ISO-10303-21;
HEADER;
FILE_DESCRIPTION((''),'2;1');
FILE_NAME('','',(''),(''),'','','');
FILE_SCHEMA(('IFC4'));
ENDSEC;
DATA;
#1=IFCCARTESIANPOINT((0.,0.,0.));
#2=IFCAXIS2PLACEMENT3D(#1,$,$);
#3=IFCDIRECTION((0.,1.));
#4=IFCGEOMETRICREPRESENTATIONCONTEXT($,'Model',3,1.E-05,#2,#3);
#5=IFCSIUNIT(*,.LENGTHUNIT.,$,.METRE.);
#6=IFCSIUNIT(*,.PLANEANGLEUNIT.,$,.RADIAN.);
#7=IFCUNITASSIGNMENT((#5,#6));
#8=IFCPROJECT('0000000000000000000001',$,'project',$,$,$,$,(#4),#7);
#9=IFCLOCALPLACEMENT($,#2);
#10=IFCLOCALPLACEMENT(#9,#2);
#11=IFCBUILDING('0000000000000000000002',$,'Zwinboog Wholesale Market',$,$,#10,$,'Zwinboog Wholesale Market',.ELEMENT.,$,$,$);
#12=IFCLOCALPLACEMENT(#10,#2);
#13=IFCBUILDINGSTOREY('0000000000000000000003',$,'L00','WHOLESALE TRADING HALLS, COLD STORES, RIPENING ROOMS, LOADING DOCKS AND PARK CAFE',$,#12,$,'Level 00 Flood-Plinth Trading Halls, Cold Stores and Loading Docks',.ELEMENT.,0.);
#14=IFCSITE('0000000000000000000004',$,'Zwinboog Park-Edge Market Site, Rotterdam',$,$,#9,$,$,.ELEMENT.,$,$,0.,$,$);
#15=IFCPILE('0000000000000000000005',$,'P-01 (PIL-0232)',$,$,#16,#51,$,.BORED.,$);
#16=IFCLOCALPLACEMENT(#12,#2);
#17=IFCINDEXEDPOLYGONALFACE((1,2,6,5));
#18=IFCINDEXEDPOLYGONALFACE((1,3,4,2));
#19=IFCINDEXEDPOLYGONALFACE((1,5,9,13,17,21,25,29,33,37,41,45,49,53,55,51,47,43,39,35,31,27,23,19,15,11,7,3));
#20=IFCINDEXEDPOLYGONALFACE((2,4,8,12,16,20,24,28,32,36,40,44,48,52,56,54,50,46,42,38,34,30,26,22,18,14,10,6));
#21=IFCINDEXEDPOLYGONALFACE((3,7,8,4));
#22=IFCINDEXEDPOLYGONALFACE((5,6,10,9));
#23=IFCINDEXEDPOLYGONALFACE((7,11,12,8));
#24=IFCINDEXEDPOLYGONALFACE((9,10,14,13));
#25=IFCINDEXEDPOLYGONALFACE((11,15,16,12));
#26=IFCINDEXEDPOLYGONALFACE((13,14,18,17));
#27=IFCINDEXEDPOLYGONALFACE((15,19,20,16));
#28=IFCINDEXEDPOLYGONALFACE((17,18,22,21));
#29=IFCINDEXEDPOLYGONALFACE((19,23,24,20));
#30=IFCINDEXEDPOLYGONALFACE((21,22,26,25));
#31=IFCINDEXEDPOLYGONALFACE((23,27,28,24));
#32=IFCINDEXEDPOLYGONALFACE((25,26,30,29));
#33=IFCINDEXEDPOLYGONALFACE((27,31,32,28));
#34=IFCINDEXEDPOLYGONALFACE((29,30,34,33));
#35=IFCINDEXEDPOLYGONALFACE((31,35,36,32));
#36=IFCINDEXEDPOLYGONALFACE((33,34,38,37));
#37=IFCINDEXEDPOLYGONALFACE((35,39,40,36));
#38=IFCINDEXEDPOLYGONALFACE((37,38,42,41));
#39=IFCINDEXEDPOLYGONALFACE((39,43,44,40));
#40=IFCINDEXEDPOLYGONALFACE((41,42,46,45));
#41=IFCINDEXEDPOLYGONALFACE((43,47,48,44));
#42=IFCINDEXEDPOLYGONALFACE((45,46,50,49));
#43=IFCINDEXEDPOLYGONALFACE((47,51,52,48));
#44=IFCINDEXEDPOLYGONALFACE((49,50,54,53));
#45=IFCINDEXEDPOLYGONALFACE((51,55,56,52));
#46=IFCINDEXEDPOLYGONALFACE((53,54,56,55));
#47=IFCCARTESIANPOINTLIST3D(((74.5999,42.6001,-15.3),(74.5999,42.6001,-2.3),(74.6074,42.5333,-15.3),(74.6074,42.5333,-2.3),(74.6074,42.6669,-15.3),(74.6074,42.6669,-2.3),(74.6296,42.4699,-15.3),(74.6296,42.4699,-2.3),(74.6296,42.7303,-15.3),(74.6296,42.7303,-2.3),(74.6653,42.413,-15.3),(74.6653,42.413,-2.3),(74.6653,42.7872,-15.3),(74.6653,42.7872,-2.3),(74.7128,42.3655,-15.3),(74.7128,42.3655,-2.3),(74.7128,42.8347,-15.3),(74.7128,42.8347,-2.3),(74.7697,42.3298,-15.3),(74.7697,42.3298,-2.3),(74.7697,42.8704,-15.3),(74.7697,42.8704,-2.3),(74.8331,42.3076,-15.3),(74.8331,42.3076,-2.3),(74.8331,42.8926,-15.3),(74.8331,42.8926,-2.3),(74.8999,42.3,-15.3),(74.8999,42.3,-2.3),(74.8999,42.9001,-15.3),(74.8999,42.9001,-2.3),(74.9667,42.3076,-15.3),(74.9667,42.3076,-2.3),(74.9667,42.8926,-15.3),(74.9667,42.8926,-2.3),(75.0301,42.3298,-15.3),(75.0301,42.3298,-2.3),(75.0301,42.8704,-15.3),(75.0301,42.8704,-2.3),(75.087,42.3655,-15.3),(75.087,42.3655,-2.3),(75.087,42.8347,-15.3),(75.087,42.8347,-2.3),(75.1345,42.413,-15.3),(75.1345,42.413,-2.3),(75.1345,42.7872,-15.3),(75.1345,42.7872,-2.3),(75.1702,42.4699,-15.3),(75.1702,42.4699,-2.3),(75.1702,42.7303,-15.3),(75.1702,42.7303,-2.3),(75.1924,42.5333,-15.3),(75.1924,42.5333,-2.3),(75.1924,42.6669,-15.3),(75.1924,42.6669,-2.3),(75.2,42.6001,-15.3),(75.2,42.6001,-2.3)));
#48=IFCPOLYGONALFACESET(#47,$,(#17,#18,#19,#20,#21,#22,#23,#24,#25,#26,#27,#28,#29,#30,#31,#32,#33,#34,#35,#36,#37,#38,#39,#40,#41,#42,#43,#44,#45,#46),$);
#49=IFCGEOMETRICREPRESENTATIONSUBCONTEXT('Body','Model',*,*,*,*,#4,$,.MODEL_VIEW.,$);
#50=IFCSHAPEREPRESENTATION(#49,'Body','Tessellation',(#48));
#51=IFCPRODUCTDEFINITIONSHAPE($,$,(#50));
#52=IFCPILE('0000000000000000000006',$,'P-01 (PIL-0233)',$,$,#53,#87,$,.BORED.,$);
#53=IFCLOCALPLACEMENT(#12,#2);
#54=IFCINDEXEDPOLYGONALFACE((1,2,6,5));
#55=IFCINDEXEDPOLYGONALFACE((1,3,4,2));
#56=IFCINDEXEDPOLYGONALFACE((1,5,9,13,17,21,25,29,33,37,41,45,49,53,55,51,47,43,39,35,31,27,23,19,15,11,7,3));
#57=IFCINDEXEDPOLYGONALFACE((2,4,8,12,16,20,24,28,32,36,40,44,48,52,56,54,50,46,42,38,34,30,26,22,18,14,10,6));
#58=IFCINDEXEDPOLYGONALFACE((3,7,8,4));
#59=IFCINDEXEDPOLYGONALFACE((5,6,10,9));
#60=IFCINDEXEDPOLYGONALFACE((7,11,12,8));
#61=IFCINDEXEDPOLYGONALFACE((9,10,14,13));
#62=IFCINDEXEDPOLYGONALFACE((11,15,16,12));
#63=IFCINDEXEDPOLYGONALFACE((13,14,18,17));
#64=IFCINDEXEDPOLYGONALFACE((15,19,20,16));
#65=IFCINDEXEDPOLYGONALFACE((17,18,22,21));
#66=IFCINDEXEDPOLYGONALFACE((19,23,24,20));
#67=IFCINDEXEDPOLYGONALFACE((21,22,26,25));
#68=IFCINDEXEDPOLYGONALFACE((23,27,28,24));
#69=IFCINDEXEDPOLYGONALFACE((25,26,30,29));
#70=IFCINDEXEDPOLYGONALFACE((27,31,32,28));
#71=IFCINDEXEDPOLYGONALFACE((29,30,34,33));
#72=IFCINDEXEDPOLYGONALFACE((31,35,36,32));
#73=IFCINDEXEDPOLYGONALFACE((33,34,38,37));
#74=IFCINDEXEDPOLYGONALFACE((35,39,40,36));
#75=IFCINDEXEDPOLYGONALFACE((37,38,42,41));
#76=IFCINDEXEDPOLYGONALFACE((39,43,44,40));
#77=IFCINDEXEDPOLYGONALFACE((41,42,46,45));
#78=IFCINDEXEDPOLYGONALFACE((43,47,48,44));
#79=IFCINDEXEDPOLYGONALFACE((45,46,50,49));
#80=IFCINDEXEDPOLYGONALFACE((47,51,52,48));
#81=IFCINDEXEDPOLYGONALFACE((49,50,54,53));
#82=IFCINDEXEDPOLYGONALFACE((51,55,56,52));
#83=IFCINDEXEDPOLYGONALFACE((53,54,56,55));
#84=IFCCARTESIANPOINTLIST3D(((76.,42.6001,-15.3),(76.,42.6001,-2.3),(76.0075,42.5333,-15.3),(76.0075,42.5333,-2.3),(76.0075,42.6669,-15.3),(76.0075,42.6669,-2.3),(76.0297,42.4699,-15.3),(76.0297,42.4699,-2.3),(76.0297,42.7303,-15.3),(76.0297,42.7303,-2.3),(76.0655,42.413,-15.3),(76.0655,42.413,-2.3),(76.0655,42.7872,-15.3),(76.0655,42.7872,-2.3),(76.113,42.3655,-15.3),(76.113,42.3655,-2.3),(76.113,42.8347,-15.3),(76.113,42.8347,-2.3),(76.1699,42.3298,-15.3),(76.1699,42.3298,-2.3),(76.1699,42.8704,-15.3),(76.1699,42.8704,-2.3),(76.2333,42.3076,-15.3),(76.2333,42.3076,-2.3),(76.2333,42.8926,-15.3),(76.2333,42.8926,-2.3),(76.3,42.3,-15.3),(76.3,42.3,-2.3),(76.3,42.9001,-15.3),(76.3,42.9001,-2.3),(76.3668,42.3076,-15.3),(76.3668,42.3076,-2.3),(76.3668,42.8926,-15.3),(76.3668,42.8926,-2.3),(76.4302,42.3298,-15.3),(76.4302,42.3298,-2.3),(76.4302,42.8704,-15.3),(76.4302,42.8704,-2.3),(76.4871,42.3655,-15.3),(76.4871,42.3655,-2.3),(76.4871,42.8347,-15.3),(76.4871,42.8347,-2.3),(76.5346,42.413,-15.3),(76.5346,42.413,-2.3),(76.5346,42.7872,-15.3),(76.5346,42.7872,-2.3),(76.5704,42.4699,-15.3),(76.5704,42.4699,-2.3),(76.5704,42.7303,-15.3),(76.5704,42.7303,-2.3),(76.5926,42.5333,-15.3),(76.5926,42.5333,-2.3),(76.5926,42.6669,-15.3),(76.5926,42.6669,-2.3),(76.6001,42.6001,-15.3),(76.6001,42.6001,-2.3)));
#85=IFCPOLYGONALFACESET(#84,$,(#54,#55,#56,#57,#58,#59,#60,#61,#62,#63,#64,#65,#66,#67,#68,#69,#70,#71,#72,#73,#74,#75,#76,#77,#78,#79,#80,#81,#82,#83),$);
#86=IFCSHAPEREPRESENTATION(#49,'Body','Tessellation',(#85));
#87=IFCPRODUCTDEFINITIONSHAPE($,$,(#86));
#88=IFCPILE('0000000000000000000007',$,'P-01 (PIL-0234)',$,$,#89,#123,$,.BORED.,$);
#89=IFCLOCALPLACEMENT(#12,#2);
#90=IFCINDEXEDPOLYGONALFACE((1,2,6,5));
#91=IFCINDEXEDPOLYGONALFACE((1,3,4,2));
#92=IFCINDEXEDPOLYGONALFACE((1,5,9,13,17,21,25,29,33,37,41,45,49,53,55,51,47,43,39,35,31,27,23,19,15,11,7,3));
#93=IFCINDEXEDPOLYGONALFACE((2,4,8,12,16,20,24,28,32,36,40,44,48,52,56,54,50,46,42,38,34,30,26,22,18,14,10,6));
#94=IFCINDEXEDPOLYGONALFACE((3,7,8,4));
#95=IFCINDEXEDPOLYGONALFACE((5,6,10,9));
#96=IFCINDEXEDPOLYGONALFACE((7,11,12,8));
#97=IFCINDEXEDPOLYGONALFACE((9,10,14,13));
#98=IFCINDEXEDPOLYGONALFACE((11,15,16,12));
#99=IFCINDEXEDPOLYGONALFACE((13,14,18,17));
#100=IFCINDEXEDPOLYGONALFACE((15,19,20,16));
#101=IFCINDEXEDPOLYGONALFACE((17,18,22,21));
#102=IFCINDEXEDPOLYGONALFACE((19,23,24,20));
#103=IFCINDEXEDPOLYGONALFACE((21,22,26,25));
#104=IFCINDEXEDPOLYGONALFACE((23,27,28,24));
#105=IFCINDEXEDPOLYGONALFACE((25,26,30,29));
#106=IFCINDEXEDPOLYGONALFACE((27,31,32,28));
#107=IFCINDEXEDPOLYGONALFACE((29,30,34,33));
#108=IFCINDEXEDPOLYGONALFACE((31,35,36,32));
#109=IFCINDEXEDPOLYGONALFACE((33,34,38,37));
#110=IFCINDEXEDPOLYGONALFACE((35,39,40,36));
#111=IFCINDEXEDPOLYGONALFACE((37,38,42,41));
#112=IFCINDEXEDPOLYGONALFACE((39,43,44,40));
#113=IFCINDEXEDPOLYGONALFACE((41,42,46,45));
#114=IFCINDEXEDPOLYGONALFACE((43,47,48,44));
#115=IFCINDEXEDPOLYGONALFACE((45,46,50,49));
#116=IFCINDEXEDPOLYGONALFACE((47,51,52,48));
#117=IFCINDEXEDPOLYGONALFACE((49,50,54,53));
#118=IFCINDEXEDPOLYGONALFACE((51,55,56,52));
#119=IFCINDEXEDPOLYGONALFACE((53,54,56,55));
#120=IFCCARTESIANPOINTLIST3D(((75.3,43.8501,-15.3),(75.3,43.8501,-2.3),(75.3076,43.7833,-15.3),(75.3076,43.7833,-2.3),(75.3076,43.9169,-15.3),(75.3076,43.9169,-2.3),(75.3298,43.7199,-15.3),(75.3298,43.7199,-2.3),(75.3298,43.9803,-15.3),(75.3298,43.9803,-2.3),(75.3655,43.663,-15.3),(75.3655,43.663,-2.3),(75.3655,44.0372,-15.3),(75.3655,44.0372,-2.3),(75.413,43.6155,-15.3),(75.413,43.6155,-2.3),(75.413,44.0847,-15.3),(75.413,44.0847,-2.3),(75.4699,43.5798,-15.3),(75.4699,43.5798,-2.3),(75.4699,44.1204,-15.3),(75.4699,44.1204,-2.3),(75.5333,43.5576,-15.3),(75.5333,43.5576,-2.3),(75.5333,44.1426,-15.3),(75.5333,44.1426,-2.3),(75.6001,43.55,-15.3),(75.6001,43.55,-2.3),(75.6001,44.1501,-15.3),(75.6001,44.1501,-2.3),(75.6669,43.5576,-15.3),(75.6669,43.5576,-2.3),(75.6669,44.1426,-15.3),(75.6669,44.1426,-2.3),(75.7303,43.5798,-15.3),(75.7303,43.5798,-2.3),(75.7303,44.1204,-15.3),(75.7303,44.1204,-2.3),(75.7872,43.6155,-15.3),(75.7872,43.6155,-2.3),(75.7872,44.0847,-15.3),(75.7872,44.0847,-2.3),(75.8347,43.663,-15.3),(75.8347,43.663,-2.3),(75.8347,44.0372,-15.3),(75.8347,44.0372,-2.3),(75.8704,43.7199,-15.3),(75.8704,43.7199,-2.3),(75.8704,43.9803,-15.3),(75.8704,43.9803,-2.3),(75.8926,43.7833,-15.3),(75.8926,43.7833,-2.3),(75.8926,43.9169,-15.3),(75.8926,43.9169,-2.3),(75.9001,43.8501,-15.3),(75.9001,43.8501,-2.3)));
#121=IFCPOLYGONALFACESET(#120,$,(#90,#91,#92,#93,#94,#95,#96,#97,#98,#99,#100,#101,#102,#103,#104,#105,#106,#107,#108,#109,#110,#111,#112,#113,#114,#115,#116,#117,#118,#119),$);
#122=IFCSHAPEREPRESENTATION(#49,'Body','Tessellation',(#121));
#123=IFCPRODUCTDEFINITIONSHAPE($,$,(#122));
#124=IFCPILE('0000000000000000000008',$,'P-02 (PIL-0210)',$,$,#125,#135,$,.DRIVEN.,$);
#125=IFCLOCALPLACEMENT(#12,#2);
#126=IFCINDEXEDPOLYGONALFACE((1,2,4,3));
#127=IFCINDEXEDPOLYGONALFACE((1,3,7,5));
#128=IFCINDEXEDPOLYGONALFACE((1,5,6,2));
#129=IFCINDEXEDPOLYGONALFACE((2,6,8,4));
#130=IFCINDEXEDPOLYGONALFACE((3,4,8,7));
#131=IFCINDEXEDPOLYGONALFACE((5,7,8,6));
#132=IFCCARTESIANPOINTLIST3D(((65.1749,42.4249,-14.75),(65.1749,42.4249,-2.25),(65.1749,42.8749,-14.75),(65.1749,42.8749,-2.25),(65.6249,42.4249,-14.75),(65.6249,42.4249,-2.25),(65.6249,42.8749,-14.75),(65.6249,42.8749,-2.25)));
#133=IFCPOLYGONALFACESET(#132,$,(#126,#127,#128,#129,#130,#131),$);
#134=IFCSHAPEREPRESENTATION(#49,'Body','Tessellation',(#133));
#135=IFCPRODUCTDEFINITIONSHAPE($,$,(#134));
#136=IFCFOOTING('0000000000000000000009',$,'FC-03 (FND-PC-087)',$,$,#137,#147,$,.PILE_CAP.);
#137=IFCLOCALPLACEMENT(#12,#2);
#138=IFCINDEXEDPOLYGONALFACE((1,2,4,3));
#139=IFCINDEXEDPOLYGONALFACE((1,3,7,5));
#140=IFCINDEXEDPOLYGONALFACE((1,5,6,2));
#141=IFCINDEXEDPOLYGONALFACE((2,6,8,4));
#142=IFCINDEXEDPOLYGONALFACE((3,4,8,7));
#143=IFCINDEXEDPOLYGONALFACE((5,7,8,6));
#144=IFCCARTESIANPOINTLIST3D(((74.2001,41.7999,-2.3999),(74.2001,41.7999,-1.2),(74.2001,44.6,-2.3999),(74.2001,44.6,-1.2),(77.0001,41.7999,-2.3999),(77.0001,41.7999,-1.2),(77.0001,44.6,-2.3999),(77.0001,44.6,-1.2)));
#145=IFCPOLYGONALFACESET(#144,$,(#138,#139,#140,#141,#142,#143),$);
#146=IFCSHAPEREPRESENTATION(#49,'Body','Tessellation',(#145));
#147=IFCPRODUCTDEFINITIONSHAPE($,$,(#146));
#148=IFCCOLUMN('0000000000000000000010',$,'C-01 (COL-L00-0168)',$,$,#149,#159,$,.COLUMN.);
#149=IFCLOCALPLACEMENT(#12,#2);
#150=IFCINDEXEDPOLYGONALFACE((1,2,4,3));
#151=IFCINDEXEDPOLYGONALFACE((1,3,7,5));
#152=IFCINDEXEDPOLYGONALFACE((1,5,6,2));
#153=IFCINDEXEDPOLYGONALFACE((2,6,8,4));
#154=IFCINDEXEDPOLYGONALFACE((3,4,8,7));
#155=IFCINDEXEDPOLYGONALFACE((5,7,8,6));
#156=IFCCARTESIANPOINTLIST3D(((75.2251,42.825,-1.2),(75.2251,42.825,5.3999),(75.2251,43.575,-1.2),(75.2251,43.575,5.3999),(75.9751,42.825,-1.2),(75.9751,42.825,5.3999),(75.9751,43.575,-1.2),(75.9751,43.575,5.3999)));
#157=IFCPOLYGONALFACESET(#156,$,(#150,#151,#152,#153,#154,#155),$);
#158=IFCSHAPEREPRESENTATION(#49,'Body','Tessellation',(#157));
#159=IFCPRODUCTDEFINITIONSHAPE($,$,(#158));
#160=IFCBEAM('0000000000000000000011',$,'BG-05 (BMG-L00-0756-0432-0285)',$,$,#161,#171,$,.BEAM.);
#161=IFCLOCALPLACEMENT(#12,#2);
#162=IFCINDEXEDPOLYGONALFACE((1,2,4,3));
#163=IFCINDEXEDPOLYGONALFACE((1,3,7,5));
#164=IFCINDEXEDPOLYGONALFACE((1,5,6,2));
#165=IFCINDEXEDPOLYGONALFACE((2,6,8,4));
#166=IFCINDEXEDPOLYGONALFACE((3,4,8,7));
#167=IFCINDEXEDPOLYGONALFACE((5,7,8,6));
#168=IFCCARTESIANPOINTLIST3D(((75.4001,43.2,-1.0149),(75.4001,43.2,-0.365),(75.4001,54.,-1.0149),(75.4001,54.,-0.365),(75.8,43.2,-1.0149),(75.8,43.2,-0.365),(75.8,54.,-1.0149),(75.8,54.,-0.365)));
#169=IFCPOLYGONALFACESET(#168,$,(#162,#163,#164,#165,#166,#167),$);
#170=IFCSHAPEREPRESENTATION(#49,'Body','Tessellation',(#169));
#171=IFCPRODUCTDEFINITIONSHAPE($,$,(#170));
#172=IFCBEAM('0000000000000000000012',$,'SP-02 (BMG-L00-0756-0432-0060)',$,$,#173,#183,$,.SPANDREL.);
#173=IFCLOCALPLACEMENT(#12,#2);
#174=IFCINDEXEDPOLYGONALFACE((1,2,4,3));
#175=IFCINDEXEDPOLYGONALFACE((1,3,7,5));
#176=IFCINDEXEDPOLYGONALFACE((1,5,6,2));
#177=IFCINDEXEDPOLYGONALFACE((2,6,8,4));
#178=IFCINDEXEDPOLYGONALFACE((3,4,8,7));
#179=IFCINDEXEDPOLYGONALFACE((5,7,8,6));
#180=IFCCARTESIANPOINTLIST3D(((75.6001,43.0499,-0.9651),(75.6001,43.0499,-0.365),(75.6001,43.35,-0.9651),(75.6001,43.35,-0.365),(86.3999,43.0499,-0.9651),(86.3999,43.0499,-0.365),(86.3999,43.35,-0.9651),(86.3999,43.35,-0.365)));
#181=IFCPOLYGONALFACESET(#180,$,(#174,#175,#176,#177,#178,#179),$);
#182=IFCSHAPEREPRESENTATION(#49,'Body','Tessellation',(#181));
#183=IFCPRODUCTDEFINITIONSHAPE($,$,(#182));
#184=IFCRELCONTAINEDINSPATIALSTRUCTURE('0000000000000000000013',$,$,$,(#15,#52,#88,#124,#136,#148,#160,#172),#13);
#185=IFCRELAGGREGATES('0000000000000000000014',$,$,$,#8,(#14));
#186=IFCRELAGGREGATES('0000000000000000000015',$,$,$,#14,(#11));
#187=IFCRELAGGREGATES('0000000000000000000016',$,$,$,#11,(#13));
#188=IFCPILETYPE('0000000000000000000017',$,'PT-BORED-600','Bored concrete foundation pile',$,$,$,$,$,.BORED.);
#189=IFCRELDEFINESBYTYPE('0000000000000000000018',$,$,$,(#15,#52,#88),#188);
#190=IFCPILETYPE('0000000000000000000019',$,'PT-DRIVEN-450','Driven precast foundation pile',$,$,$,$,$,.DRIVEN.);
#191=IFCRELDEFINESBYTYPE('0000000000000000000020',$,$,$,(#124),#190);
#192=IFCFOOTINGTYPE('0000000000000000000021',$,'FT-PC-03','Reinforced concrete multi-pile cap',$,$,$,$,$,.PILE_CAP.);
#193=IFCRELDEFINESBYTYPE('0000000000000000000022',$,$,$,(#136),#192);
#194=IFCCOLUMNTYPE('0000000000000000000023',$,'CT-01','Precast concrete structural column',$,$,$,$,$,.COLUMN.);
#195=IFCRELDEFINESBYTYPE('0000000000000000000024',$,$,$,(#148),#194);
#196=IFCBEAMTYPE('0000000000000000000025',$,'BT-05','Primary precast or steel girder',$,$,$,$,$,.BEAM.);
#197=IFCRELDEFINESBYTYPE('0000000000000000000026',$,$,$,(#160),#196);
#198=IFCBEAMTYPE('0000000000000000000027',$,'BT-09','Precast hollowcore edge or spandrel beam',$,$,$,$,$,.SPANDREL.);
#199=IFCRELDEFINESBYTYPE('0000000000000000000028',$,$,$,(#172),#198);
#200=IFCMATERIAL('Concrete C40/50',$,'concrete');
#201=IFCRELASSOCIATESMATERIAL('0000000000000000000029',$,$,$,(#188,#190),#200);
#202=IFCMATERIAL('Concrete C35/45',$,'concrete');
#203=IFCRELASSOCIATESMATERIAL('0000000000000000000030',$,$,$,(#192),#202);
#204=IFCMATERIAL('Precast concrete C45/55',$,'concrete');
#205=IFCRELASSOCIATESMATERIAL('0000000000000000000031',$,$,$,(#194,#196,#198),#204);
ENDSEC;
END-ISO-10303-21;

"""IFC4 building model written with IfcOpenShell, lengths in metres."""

from ifc_helpers import new_model, si_unit, direction, frame, origin, origin_2d, place, context, subcontext, project, spatial, rectangle, circle, extrude, material, material_profile, profile_set, type_object, element, save


model = new_model("IFC4")

# Units and contexts
model_context = context("Model", 3, precision=1e-05, world=origin(), true_north=direction((0.0, 1.0)))
body_context = subcontext(model_context, "Body", "Model", "MODEL_VIEW")
ifc_project = project(units=[si_unit("LENGTHUNIT", "METRE"), si_unit("PLANEANGLEUNIT", "RADIAN")], contexts=[model_context])

# Site, building, storey
site_placement = place(None, origin())
site = spatial("IfcSite", under=ifc_project, at=site_placement, Name="Zwinboog Park-Edge Market Site, Rotterdam", CompositionType="ELEMENT", RefElevation=0.0)
building_placement = place(site_placement, origin())
building = spatial("IfcBuilding", under=site, at=building_placement, Name="Zwinboog Wholesale Market", LongName="Zwinboog Wholesale Market", CompositionType="ELEMENT")
storey_placement = place(building_placement, origin())
storey = spatial("IfcBuildingStorey", under=building, at=storey_placement, Name="L00", Description="WHOLESALE TRADING HALLS, COLD STORES, RIPENING ROOMS, LOADING DOCKS AND PARK CAFE", LongName="Level 00 Flood-Plinth Trading Halls, Cold Stores and Loading Docks", CompositionType="ELEMENT", Elevation=0.0)

# Piles
ifc_material_1 = material(Name="Concrete C40/50", Category="concrete")
ifc_material_profile_1 = material_profile(ifc_material_1, circle(Radius=0.3, at=origin_2d()), Name="PILE D600")
ifc_profile_set_1 = profile_set([ifc_material_profile_1], Name="Concrete C40/50")
pile_type_1 = type_object("IfcPileType", Name="PT-BORED-600", Description="Bored concrete foundation pile", PredefinedType="BORED", material=ifc_profile_set_1)
for number, where, z_axis, x_axis, name in (
    (1, (74.8999, 42.6001, -2.3), (0.0, 0.0, -1.0), (1.0, 0.0, 0.0), "P-01 (PIL-0232)"),
    (2, (76.3, 42.6001, -2.3), (0.0, 0.0, -1.0), (1.0, 0.0, 0.0), "P-01 (PIL-0233)"),
    (3, (75.6001, 43.8501, -2.3), (0.0, 0.0, -1.0), (1.0, 0.0, 0.0), "P-01 (PIL-0234)"),
):
    element("IfcPile", number, at=place(storey_placement, frame(where, z_axis=z_axis, x_axis=x_axis)), inside=storey, type_object=pile_type_1, Name=name, PredefinedType="BORED", context=body_context, shape_type="SweptSolid", body=[
        extrude(circle(Radius=0.3, at=origin_2d()), origin(), (0.0, 0.0, 1.0), 13.0),
    ])
ifc_material_profile_2 = material_profile(ifc_material_1, rectangle(XDim=0.45, YDim=0.45, at=origin_2d()), Name="PILE SQ450")
ifc_profile_set_2 = profile_set([ifc_material_profile_2], Name="Concrete C40/50")
pile_type_2 = type_object("IfcPileType", Name="PT-DRIVEN-450", Description="Driven precast foundation pile", PredefinedType="DRIVEN", material=ifc_profile_set_2)
pile_placement = place(storey_placement, frame((65.3999, 42.6499, -2.25), z_axis=(0.0, 0.0, -1.0), x_axis=(1.0, 0.0, 0.0)))
element("IfcPile", 4, at=pile_placement, inside=storey, type_object=pile_type_2, Name="P-02 (PIL-0210)", PredefinedType="DRIVEN", context=body_context, shape_type="SweptSolid", body=[
    extrude(rectangle(XDim=0.45, YDim=0.45, at=origin_2d()), origin(), (0.0, 0.0, 1.0), 12.5),
])

# Footing
ifc_material_2 = material(Name="Concrete C35/45", Category="concrete")
footing_type = type_object("IfcFootingType", Name="FT-PC-03", Description="Reinforced concrete multi-pile cap", PredefinedType="PILE_CAP", material=ifc_material_2)
footing_placement = place(storey_placement, frame((75.6001, 43.2, -2.3999), z_axis=(0.0, 0.0, 1.0), x_axis=(1.0, 0.0, 0.0)))
element("IfcFooting", 5, at=footing_placement, inside=storey, type_object=footing_type, Name="FC-03 (FND-PC-087)", PredefinedType="PILE_CAP", context=body_context, shape_type="SweptSolid", body=[
    extrude(rectangle(XDim=2.8, YDim=2.8, at=origin_2d()), origin(), (0.0, 0.0, 1.0), 1.2),
])

# Column
ifc_material_3 = material(Name="Precast concrete C45/55", Category="concrete")
ifc_material_profile_3 = material_profile(ifc_material_3, rectangle(XDim=0.75, YDim=0.75, at=origin_2d()), Name="PC 750x750")
ifc_profile_set_3 = profile_set([ifc_material_profile_3], Name="Precast concrete C45/55")
column_type = type_object("IfcColumnType", Name="CT-01", Description="Precast concrete structural column", PredefinedType="COLUMN", material=ifc_profile_set_3)
column_placement = place(storey_placement, frame((75.6001, 43.2, -1.2), z_axis=(0.0, 0.0, 1.0), x_axis=(1.0, 0.0, 0.0)))
element("IfcColumn", 6, at=column_placement, inside=storey, type_object=column_type, Name="C-01 (COL-L00-0168)", PredefinedType="COLUMN", context=body_context, shape_type="SweptSolid", body=[
    extrude(rectangle(XDim=0.75, YDim=0.75, at=origin_2d()), origin(), (0.0, 0.0, 1.0), 6.5999),
])

# Beams
ifc_material_profile_4 = material_profile(ifc_material_3, rectangle(XDim=0.3999, YDim=0.6499, at=origin_2d()), Name="PC 400x650")
ifc_profile_set_4 = profile_set([ifc_material_profile_4], Name="Precast concrete C45/55")
beam_type_1 = type_object("IfcBeamType", Name="BT-05", Description="Primary precast or steel girder", PredefinedType="BEAM", material=ifc_profile_set_4)
beam_1_placement = place(storey_placement, frame((75.6001, 43.2, -0.6899), z_axis=(0.0, 1.0, 0.0), x_axis=(-1.0, 0.0, 0.0)))
element("IfcBeam", 7, at=beam_1_placement, inside=storey, type_object=beam_type_1, Name="BG-05 (BMG-L00-0756-0432-0285)", PredefinedType="BEAM", context=body_context, shape_type="SweptSolid", body=[
    extrude(rectangle(XDim=0.3999, YDim=0.6499, at=origin_2d()), origin(), (0.0, 0.0, 1.0), 10.8),
])
ifc_material_profile_5 = material_profile(ifc_material_3, rectangle(XDim=0.3, YDim=0.6001, at=origin_2d()), Name="PC 300x600")
ifc_profile_set_5 = profile_set([ifc_material_profile_5], Name="Precast concrete C45/55")
beam_type_2 = type_object("IfcBeamType", Name="BT-09", Description="Precast hollowcore edge or spandrel beam", PredefinedType="SPANDREL", material=ifc_profile_set_5)
beam_2_placement = place(storey_placement, frame((75.6001, 43.2, -0.665), z_axis=(1.0, 0.0, 0.0), x_axis=(0.0, 1.0, 0.0)))
element("IfcBeam", 8, at=beam_2_placement, inside=storey, type_object=beam_type_2, Name="SP-02 (BMG-L00-0756-0432-0060)", PredefinedType="SPANDREL", context=body_context, shape_type="SweptSolid", body=[
    extrude(rectangle(XDim=0.3, YDim=0.6001, at=origin_2d()), origin(), (0.0, 0.0, 1.0), 10.7998),
])

save(model, "model.ifc")
